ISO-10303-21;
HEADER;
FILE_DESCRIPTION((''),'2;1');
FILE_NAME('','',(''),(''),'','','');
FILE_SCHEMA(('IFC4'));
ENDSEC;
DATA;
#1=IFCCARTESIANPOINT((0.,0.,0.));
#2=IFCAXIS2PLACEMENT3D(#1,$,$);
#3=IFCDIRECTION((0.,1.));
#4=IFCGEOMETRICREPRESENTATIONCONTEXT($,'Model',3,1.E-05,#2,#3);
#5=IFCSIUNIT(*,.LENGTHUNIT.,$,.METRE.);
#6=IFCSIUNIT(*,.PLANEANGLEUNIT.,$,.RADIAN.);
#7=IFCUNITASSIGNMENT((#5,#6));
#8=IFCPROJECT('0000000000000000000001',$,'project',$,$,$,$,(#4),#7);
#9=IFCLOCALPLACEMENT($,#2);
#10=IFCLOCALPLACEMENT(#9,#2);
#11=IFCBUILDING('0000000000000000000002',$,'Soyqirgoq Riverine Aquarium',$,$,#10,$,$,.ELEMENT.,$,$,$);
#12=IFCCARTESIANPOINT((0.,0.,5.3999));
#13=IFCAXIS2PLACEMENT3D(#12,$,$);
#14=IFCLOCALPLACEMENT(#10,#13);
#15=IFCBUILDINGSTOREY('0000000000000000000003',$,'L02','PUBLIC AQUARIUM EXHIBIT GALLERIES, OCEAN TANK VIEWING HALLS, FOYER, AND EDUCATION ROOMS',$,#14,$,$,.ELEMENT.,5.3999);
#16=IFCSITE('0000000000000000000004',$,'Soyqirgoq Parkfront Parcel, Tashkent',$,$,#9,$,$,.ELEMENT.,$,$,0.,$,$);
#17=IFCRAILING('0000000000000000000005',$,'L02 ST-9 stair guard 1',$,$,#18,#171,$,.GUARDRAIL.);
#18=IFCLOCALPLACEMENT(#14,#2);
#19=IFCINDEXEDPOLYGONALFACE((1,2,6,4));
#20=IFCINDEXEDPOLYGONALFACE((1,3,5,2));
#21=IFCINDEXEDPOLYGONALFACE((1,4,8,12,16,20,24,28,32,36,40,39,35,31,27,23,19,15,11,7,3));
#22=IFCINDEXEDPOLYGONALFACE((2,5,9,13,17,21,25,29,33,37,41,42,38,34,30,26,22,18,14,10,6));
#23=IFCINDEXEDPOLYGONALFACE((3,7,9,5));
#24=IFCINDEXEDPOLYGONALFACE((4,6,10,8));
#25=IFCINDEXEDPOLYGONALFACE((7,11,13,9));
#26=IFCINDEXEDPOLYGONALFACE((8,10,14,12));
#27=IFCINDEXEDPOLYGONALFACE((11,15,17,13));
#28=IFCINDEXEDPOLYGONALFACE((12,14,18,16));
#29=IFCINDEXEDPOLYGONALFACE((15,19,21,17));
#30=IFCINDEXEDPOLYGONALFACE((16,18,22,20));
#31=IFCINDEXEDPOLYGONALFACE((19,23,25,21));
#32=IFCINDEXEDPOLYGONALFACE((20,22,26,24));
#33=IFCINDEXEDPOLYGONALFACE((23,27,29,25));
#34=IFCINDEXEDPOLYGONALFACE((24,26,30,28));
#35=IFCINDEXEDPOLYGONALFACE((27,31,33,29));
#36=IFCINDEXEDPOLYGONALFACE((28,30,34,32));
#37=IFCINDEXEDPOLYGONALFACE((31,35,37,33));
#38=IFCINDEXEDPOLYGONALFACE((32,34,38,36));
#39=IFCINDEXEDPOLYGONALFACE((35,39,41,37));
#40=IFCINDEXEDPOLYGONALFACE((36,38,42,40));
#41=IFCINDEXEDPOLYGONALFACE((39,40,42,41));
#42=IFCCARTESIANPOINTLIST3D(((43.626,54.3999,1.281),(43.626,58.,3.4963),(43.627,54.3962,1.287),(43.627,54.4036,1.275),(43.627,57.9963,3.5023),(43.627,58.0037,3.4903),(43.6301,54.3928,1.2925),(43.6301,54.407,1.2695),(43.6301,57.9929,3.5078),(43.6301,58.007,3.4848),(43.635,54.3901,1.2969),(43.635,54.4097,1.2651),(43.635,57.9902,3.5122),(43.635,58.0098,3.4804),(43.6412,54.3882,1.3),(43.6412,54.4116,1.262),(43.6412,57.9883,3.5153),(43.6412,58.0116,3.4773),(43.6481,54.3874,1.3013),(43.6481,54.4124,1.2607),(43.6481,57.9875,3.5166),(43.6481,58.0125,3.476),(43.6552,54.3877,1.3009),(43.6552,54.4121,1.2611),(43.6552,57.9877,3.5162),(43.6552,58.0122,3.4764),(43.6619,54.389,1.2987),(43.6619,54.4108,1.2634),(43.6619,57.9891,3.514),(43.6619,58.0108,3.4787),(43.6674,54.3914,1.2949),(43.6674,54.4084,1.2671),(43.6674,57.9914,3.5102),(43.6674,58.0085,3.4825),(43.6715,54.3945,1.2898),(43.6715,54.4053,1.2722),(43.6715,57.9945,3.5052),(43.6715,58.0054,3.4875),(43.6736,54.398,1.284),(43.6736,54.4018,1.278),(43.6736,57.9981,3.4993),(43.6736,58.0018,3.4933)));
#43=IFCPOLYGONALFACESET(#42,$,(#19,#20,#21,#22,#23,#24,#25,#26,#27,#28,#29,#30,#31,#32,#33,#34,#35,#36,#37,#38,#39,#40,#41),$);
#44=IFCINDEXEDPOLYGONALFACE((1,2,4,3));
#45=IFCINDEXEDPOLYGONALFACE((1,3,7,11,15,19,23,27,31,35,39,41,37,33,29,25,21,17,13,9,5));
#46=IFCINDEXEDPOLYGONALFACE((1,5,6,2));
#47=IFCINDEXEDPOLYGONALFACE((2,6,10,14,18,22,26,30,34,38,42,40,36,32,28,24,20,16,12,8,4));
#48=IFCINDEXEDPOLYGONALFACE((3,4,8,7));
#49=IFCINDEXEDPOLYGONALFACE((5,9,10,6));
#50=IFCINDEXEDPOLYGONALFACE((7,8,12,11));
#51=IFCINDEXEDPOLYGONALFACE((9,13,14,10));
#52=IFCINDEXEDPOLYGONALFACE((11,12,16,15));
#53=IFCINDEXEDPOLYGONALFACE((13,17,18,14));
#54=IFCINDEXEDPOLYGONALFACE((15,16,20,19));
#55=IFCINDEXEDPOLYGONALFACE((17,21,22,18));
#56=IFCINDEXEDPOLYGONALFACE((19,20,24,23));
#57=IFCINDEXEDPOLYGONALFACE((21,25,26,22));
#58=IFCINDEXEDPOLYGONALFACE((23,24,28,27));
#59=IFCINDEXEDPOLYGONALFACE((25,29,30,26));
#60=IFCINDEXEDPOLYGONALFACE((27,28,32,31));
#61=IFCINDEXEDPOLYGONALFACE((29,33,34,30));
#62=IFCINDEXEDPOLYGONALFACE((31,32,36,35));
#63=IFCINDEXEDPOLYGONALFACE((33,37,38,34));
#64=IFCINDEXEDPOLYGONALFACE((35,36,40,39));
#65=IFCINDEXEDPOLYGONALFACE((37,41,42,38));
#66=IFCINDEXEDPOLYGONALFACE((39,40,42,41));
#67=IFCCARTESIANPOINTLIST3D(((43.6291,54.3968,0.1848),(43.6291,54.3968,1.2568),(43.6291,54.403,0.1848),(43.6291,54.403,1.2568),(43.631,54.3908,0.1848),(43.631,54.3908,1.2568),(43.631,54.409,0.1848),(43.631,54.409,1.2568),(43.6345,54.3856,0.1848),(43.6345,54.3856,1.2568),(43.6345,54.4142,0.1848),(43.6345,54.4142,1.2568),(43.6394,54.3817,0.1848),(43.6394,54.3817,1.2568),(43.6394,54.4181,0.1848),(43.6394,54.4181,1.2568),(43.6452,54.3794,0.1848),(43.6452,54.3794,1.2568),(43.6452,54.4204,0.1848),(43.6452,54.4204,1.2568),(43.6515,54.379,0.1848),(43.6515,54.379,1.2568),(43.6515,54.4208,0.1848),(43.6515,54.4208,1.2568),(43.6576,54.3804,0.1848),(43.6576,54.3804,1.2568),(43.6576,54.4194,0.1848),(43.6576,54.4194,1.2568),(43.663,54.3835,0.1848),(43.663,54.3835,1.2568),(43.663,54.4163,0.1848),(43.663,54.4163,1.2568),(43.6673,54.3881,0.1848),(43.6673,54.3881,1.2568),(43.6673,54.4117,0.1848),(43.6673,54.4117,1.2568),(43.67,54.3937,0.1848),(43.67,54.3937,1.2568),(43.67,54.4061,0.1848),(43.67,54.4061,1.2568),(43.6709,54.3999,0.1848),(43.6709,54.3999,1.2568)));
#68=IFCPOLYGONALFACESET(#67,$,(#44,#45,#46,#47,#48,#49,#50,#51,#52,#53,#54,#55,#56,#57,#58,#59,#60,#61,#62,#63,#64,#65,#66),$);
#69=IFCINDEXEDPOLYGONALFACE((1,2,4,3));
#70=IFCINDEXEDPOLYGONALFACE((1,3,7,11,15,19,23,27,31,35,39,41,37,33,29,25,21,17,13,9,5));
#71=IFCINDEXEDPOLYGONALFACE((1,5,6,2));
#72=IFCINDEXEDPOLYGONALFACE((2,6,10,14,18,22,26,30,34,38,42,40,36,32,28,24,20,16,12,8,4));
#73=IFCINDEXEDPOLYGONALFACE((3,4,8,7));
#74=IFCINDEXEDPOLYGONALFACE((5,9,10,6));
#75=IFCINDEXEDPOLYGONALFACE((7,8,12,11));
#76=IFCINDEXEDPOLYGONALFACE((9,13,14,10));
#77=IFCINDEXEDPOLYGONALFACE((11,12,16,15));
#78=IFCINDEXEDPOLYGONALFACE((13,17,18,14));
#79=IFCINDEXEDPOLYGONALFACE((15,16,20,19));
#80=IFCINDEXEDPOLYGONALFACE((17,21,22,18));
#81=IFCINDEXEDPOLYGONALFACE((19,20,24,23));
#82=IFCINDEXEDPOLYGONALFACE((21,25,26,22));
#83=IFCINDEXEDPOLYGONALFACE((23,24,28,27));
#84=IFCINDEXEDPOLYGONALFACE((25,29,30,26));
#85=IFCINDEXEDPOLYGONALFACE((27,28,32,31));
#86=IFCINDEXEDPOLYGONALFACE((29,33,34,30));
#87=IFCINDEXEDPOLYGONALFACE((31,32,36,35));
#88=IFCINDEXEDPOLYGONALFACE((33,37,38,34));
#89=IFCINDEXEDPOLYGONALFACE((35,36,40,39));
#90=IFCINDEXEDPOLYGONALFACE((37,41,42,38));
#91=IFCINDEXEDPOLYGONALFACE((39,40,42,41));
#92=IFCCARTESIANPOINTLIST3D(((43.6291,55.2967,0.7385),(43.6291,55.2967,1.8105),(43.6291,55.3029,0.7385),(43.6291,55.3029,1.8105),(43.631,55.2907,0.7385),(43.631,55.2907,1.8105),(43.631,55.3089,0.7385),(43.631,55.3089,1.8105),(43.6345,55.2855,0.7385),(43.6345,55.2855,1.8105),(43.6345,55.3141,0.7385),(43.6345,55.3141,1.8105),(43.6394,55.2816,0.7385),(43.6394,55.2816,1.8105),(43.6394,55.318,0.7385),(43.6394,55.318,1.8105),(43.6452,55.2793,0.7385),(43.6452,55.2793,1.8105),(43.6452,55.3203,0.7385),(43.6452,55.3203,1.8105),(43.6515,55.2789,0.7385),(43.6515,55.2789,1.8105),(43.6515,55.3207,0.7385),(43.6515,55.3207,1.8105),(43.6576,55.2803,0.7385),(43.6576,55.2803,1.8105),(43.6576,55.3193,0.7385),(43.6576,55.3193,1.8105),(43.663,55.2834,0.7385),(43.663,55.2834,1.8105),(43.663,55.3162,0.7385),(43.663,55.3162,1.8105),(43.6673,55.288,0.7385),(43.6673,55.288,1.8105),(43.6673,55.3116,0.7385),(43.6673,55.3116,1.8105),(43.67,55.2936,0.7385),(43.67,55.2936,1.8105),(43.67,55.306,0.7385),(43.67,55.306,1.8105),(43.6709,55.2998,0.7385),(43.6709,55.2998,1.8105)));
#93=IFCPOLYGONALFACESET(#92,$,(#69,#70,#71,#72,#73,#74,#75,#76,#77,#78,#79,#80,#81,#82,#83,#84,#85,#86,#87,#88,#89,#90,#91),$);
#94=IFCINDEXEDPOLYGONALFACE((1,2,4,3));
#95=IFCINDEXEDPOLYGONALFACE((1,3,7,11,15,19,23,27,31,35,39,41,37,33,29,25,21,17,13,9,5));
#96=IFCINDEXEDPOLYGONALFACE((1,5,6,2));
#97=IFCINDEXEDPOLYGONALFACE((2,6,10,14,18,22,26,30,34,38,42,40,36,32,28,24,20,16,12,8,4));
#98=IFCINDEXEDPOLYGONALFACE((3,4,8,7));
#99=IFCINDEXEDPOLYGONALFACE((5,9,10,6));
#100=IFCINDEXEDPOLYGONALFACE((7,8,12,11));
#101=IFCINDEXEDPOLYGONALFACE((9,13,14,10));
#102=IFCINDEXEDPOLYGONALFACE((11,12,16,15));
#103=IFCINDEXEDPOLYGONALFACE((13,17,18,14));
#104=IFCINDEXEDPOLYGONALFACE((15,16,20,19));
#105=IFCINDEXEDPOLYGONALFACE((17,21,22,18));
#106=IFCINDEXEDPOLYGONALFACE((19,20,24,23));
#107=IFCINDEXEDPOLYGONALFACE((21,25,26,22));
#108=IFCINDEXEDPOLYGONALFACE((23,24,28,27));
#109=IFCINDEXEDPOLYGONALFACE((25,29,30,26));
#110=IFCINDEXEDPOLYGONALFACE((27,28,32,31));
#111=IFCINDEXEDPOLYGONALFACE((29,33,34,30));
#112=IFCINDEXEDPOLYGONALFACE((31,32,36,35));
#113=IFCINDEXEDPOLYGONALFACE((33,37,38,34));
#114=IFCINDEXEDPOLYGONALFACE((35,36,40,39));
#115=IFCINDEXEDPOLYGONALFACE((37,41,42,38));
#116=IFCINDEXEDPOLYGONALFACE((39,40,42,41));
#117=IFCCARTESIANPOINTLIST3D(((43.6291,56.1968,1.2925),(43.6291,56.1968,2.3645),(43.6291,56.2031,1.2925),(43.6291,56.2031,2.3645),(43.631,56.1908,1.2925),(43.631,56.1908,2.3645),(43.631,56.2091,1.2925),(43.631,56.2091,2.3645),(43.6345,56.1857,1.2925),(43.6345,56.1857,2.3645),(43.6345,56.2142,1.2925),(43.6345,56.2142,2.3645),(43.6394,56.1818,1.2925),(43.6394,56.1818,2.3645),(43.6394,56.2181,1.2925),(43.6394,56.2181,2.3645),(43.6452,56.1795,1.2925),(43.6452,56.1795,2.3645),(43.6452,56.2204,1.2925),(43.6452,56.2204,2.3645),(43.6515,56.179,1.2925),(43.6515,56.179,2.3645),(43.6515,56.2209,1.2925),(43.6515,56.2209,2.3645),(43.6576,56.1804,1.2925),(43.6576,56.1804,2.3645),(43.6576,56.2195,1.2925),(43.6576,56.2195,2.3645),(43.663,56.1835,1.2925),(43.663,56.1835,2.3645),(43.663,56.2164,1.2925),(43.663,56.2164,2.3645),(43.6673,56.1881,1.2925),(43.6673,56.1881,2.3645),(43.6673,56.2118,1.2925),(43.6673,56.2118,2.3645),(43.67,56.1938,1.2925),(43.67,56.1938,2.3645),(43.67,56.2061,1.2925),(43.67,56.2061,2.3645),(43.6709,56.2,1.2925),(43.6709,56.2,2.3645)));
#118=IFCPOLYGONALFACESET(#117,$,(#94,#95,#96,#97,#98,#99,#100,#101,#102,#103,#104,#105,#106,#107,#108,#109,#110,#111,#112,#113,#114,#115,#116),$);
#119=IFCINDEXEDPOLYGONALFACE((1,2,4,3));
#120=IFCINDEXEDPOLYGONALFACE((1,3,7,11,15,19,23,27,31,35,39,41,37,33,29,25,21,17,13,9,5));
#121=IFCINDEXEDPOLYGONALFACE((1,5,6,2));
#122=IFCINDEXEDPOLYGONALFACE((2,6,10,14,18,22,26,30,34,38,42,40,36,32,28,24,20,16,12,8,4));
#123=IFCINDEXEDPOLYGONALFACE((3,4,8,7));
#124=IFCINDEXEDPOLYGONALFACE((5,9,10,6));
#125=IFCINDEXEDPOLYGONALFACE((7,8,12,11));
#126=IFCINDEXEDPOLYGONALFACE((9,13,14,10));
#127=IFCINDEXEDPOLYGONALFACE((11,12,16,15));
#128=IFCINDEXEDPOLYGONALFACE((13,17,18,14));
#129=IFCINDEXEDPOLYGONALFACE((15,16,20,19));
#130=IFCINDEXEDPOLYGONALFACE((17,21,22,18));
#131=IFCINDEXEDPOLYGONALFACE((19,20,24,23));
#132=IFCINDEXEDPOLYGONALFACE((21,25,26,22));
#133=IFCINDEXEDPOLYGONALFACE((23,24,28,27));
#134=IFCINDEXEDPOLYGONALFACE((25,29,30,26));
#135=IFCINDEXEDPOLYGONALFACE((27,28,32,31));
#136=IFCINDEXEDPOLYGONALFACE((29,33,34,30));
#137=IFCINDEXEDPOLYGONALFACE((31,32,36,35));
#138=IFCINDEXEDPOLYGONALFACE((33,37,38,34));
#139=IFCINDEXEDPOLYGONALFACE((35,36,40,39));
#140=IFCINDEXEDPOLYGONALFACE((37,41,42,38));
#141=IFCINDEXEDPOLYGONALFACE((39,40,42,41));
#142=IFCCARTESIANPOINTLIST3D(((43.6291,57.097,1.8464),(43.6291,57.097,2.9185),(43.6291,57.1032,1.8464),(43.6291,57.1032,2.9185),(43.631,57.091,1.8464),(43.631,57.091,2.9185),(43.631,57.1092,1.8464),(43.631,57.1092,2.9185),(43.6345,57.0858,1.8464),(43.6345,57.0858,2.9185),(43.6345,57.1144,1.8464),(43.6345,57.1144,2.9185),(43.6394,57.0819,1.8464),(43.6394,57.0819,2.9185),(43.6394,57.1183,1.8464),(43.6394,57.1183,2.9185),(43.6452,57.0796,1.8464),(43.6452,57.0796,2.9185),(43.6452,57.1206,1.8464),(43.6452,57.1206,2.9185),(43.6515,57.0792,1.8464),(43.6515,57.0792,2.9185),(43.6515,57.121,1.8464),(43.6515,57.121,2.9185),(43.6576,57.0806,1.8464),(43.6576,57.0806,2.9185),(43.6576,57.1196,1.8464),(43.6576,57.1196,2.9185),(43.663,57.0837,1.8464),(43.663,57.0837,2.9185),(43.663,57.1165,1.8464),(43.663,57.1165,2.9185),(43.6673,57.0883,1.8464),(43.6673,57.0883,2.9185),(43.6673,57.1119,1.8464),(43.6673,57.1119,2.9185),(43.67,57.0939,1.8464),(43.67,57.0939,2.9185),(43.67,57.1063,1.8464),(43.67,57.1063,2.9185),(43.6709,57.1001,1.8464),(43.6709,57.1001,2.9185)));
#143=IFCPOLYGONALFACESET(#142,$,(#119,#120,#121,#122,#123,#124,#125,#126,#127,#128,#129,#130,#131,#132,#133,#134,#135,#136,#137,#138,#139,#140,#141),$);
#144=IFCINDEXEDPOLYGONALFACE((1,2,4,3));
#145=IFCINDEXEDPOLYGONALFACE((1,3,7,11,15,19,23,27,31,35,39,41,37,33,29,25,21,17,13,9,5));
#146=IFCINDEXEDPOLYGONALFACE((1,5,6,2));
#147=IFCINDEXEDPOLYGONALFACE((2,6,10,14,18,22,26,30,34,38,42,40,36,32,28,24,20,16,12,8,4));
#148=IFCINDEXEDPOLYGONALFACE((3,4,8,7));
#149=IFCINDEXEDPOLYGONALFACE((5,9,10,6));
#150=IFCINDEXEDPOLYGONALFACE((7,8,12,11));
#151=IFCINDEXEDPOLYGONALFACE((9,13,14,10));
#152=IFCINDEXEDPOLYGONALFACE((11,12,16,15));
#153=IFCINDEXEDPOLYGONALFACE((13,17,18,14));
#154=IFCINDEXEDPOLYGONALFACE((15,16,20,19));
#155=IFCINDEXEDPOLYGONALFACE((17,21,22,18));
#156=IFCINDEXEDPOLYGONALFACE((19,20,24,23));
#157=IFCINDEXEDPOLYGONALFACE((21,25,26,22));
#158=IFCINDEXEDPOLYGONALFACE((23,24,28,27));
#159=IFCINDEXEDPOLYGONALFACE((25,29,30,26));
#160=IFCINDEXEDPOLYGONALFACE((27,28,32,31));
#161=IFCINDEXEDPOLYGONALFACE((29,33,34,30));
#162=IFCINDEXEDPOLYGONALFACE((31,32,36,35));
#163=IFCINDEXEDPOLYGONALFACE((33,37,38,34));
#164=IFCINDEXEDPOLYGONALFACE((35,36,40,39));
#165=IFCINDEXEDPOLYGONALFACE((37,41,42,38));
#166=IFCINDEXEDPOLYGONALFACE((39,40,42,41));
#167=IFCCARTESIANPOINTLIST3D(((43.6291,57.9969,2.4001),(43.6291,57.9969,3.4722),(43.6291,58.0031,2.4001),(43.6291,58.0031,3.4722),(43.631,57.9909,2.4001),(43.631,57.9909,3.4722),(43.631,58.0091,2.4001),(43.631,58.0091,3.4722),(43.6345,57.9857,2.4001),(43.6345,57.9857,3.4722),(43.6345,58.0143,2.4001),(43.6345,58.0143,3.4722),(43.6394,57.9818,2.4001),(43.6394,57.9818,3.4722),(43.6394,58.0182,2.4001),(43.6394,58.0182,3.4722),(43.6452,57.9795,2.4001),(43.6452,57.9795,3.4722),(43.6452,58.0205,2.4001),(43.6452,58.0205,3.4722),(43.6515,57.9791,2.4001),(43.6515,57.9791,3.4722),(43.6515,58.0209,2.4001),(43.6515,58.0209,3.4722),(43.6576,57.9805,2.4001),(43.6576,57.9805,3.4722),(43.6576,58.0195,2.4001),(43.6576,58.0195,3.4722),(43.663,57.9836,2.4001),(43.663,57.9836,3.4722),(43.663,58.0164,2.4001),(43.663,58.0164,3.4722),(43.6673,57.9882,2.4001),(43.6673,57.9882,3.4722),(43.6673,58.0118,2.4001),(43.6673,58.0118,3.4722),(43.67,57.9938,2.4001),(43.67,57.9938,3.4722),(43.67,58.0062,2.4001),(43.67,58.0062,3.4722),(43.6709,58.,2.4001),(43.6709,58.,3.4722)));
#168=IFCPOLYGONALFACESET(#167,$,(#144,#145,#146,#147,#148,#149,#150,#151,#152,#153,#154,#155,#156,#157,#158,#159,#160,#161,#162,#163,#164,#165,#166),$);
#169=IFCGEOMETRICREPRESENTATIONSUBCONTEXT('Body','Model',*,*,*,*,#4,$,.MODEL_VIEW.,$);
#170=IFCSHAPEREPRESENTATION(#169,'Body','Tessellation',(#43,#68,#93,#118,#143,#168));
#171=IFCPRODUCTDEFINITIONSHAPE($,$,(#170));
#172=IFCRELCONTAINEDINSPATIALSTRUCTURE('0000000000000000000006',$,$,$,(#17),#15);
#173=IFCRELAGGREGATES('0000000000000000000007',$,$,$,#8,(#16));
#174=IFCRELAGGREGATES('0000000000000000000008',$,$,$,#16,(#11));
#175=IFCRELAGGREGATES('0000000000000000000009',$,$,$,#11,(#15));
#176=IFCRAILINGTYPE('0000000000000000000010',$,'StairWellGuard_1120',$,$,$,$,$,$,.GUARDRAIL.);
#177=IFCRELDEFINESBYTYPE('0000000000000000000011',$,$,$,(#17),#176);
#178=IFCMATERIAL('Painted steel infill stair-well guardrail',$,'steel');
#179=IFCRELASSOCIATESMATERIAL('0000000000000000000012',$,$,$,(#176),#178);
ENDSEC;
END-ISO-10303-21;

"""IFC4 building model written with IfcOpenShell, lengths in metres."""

from ifc_helpers import new_model, si_unit, direction, frame, origin, origin_2d, place, context, subcontext, project, spatial, circle, extrude, material, type_object, element, save


model = new_model("IFC4")

# Units and contexts
model_context = context("Model", 3, precision=1e-05, world=origin(), true_north=direction((0.0, 1.0)))
body_context = subcontext(model_context, "Body", "Model", "MODEL_VIEW")
ifc_project = project(units=[si_unit("LENGTHUNIT", "METRE"), si_unit("PLANEANGLEUNIT", "RADIAN")], contexts=[model_context])

# Site, building, storey
site_placement = place(None, origin())
site = spatial("IfcSite", under=ifc_project, at=site_placement, Name="Soyqirgoq Parkfront Parcel, Tashkent", CompositionType="ELEMENT", RefElevation=0.0)
building_placement = place(site_placement, origin())
building = spatial("IfcBuilding", under=site, at=building_placement, Name="Soyqirgoq Riverine Aquarium", CompositionType="ELEMENT")
storey_placement = place(building_placement, frame((0.0, 0.0, 5.3999)))
storey = spatial("IfcBuildingStorey", under=building, at=storey_placement, Name="L02", Description="PUBLIC AQUARIUM EXHIBIT GALLERIES, OCEAN TANK VIEWING HALLS, FOYER, AND EDUCATION ROOMS", CompositionType="ELEMENT", Elevation=5.3999)

# Railing
ifc_material_1 = material(Name="Painted steel infill stair-well guardrail", Category="steel")
railing_type_1 = type_object("IfcRailingType", Name="StairWellGuard_1120", PredefinedType="GUARDRAIL", material=ifc_material_1)
railing_1_placement = place(storey_placement, frame((43.6499, 54.3999, 0.1848)))
element("IfcRailing", 1, at=railing_1_placement, inside=storey, type_object=railing_type_1, Name="L02 ST-9 stair guard 1", PredefinedType="GUARDRAIL", context=body_context, shape_type="SweptSolid", body=[
    extrude(circle(Radius=0.0239, at=origin_2d()), frame((0.0, 0.0, 1.0962), z_axis=(0.0, 0.85167, 0.524078), x_axis=(-1.0, 0.0, 0.0)), (0.0, 0.0, 1.0), 4.2271),
    extrude(circle(Radius=0.021, at=origin_2d()), origin(), (0.0, 0.0, 1.0), 1.072),
    extrude(circle(Radius=0.021, at=origin_2d()), frame((0.0, 0.8999, 0.5537)), (0.0, 0.0, 1.0), 1.072),
    extrude(circle(Radius=0.021, at=origin_2d()), frame((0.0, 1.8, 1.1077)), (0.0, 0.0, 1.0), 1.072),
    extrude(circle(Radius=0.021, at=origin_2d()), frame((0.0, 2.7002, 1.6616)), (0.0, 0.0, 1.0), 1.072),
    extrude(circle(Radius=0.021, at=origin_2d()), frame((0.0, 3.6001, 2.2153)), (0.0, 0.0, 1.0), 1.072),
])

save(model, "model.ifc")
